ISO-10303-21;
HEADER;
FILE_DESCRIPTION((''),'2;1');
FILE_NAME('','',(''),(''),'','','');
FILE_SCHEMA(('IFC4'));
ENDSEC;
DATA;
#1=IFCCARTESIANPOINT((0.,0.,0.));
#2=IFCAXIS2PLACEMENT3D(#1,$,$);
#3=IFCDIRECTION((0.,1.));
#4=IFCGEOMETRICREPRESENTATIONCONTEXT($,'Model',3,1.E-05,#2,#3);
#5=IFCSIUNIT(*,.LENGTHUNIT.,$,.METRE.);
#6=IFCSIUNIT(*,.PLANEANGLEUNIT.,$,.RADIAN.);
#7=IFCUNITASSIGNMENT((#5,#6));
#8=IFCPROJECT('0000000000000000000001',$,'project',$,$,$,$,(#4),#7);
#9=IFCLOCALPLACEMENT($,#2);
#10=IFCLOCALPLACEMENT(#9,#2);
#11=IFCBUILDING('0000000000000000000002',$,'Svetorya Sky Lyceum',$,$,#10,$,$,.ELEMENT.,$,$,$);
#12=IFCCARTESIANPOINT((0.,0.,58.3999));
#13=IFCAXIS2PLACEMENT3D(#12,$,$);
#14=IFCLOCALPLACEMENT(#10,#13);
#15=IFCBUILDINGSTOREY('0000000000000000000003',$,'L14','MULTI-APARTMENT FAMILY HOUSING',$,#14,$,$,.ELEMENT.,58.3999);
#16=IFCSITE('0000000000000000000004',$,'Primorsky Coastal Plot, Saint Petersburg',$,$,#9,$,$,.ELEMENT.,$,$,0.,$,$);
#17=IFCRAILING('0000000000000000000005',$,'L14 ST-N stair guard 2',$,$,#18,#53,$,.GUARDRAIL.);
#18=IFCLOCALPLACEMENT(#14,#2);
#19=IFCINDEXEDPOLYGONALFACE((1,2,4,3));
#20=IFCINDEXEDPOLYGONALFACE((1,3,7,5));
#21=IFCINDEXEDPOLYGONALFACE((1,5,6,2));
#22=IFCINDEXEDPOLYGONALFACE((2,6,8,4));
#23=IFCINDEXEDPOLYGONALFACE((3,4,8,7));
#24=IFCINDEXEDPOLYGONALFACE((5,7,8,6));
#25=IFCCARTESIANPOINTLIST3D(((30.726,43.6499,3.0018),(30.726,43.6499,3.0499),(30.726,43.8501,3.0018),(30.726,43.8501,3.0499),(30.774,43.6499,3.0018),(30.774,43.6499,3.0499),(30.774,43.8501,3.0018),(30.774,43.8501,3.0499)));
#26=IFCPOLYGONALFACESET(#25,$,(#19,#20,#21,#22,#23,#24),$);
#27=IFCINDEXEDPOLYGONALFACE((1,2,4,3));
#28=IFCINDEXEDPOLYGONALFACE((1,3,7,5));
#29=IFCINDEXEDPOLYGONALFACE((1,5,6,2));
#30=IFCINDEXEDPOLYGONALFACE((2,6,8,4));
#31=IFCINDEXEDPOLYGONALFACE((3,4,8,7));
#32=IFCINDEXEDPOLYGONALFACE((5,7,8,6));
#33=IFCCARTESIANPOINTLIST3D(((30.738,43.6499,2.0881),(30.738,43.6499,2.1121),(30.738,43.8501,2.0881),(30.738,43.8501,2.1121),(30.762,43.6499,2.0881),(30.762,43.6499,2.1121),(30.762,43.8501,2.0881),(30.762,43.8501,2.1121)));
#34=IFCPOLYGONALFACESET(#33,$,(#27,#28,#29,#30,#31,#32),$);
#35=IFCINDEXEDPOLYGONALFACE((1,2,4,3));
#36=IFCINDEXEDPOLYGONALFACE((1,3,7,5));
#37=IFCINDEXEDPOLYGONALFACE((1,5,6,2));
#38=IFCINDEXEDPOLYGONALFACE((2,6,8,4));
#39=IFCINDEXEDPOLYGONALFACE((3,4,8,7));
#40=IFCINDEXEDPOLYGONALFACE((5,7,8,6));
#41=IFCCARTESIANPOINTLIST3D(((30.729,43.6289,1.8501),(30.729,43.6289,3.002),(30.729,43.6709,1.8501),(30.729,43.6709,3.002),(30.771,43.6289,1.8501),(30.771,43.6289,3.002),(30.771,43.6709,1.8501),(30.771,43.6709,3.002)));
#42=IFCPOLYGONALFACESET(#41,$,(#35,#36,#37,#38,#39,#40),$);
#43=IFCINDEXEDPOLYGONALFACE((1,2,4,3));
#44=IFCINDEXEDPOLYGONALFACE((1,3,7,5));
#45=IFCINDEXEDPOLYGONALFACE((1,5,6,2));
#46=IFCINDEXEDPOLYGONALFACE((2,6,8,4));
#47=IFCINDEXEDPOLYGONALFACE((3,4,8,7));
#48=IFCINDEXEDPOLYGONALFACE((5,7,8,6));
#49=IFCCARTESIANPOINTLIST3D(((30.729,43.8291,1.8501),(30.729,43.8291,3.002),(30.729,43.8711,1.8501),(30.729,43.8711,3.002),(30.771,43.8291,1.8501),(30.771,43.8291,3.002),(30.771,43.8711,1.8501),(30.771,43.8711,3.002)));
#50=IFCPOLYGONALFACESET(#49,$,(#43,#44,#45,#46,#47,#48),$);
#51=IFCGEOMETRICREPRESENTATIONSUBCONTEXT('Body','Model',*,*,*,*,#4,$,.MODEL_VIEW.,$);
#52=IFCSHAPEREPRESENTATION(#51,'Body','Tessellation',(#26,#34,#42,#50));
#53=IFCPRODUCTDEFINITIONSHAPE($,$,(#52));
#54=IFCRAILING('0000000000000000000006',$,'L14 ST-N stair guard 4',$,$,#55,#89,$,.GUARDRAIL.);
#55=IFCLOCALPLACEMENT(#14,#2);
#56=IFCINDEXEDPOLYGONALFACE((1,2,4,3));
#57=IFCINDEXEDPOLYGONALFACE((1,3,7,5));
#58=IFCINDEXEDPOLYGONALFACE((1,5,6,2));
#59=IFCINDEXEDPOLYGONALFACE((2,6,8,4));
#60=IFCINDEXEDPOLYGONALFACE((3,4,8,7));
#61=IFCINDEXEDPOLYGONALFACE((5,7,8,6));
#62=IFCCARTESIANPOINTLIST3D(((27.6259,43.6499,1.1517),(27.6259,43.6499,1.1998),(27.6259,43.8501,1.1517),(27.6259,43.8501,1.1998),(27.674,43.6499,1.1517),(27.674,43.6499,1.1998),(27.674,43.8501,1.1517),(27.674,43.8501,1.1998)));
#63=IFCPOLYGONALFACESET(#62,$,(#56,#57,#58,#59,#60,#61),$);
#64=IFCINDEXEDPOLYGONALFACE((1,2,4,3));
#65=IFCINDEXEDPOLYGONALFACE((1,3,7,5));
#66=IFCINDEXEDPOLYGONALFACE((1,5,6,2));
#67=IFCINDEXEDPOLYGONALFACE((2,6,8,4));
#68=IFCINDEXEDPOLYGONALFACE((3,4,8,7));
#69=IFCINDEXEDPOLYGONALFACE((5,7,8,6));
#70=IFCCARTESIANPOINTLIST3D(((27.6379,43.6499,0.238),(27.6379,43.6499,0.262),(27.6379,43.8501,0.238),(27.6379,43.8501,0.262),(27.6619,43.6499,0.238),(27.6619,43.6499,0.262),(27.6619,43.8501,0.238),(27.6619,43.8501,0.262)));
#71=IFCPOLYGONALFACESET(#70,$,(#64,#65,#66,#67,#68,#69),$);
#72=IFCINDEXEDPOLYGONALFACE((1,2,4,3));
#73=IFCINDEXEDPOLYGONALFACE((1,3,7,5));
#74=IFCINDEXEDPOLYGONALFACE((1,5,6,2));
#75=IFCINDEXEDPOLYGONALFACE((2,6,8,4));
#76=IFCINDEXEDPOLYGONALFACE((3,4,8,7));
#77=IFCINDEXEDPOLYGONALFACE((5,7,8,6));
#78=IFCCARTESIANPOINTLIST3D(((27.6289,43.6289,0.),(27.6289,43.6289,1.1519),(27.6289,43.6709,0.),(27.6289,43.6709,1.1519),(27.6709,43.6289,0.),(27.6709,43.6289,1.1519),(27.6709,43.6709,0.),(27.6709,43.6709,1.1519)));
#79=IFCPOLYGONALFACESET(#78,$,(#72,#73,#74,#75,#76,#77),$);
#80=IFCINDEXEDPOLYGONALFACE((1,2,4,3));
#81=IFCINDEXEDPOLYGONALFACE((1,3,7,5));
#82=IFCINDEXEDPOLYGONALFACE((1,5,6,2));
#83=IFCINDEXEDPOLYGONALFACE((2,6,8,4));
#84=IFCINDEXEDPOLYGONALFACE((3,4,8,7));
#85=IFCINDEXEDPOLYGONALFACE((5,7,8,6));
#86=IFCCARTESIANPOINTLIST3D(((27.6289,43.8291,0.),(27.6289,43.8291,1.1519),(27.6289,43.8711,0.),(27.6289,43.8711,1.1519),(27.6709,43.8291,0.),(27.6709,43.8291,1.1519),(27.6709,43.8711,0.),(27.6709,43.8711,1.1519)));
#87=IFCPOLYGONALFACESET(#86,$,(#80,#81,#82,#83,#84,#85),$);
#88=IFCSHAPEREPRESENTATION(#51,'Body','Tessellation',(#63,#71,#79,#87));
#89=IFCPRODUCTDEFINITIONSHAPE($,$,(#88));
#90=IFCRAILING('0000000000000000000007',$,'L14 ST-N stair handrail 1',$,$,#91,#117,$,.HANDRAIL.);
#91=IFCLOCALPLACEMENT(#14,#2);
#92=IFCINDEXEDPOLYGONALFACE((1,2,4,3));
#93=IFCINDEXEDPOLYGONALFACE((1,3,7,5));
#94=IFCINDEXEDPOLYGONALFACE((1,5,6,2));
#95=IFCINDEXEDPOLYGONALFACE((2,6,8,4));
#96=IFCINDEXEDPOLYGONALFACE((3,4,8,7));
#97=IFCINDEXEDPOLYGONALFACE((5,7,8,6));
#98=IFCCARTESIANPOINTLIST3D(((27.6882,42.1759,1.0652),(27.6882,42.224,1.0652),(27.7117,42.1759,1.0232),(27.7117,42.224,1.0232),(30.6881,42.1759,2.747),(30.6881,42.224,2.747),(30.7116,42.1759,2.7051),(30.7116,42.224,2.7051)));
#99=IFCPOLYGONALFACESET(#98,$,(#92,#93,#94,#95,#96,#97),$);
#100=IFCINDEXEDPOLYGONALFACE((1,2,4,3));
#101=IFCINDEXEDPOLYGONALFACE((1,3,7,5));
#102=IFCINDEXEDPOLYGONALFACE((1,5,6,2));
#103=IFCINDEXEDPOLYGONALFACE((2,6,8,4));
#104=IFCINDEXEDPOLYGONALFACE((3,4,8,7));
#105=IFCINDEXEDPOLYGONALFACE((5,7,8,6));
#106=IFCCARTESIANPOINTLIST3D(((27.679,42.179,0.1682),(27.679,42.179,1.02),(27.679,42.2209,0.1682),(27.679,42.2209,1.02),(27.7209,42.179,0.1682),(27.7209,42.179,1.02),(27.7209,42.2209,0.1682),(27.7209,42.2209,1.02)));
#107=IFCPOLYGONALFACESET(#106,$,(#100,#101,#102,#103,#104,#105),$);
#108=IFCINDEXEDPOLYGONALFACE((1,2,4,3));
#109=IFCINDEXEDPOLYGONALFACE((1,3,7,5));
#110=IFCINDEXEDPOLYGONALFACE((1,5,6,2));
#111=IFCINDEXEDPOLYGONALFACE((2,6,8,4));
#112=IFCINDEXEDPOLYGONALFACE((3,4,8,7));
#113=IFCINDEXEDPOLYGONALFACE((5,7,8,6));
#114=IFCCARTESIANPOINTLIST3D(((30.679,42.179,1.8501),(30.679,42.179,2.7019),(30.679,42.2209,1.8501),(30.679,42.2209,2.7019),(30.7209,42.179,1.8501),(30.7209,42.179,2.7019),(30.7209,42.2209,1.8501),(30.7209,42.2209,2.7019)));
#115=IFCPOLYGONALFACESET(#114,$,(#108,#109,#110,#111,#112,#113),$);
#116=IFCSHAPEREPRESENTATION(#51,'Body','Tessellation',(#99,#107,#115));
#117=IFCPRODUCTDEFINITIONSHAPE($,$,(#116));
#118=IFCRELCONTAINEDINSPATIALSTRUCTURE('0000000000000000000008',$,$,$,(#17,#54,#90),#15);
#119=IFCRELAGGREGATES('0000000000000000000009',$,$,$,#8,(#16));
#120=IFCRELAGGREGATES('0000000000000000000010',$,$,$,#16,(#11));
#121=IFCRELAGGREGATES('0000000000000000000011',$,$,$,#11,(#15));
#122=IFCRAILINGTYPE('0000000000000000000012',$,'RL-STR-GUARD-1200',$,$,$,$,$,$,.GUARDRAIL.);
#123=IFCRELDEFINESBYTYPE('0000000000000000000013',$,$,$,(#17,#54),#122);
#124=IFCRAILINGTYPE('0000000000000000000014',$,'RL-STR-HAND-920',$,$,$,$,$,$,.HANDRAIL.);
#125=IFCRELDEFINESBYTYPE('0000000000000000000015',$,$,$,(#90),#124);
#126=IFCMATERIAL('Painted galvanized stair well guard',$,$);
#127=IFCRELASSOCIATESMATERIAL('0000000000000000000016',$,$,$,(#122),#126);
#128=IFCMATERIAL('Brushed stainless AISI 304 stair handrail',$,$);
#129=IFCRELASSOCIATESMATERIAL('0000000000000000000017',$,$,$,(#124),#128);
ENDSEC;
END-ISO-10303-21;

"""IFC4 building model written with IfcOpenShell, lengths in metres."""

from ifc_helpers import new_model, si_unit, direction, frame, origin, origin_2d, place, context, subcontext, project, spatial, rectangle, extrude, material, type_object, element, save


model = new_model("IFC4")

# Units and contexts
model_context = context("Model", 3, precision=1e-05, world=origin(), true_north=direction((0.0, 1.0)))
body_context = subcontext(model_context, "Body", "Model", "MODEL_VIEW")
ifc_project = project(units=[si_unit("LENGTHUNIT", "METRE"), si_unit("PLANEANGLEUNIT", "RADIAN")], contexts=[model_context])

# Site, building, storey
site_placement = place(None, origin())
site = spatial("IfcSite", under=ifc_project, at=site_placement, Name="Primorsky Coastal Plot, Saint Petersburg", CompositionType="ELEMENT", RefElevation=0.0)
building_placement = place(site_placement, origin())
building = spatial("IfcBuilding", under=site, at=building_placement, Name="Svetorya Sky Lyceum", CompositionType="ELEMENT")
storey_placement = place(building_placement, frame((0.0, 0.0, 58.3999)))
storey = spatial("IfcBuildingStorey", under=building, at=storey_placement, Name="L14", Description="MULTI-APARTMENT FAMILY HOUSING", CompositionType="ELEMENT", Elevation=58.3999)

# Railings
ifc_material_1 = material(Name="Painted galvanized stair well guard")
railing_type_1 = type_object("IfcRailingType", Name="RL-STR-GUARD-1200", PredefinedType="GUARDRAIL", material=ifc_material_1)
for number, where, name in (
    (1, (30.75, 43.6499, 1.8501), "L14 ST-N stair guard 2"),
    (2, (27.6499, 43.6499, 0.0), "L14 ST-N stair guard 4"),
):
    element("IfcRailing", number, at=place(storey_placement, frame(where)), inside=storey, type_object=railing_type_1, Name=name, PredefinedType="GUARDRAIL", context=body_context, shape_type="SweptSolid", body=[
        extrude(rectangle(XDim=0.0481, YDim=0.0481, at=origin_2d()), frame((0.0, 0.0, 1.1758), z_axis=(0.0, 1.0, 0.0), x_axis=(-1.0, 0.0, 0.0)), (0.0, 0.0, 1.0), 0.2002),
        extrude(rectangle(XDim=0.0239, YDim=0.0239, at=origin_2d()), frame((0.0, 0.0, 0.25), z_axis=(0.0, 1.0, 0.0), x_axis=(-1.0, 0.0, 0.0)), (0.0, 0.0, 1.0), 0.2002),
        extrude(rectangle(XDim=0.042, YDim=0.042, at=origin_2d()), origin(), (0.0, 0.0, 1.0), 1.1519),
        extrude(rectangle(XDim=0.042, YDim=0.042, at=origin_2d()), frame((0.0, 0.2002, 0.0)), (0.0, 0.0, 1.0), 1.1519),
    ])
ifc_material_2 = material(Name="Brushed stainless AISI 304 stair handrail")
railing_type_2 = type_object("IfcRailingType", Name="RL-STR-HAND-920", PredefinedType="HANDRAIL", material=ifc_material_2)
railing_1_placement = place(storey_placement, frame((27.7, 42.2, 0.1682)))
element("IfcRailing", 3, at=railing_1_placement, inside=storey, type_object=railing_type_2, Name="L14 ST-N stair handrail 1", PredefinedType="HANDRAIL", context=body_context, shape_type="SweptSolid", body=[
    extrude(rectangle(XDim=0.0481, YDim=0.0481, at=origin_2d()), frame((0.0, 0.0, 0.876), z_axis=(0.872272, 0.0, 0.48902), x_axis=(0.0, 1.0, 0.0)), (0.0, 0.0, 1.0), 3.4392),
    extrude(rectangle(XDim=0.042, YDim=0.042, at=origin_2d()), origin(), (0.0, 0.0, 1.0), 0.8518),
    extrude(rectangle(XDim=0.042, YDim=0.042, at=origin_2d()), frame((3.0, 0.0, 1.6819)), (0.0, 0.0, 1.0), 0.8518),
])

save(model, "model.ifc")
